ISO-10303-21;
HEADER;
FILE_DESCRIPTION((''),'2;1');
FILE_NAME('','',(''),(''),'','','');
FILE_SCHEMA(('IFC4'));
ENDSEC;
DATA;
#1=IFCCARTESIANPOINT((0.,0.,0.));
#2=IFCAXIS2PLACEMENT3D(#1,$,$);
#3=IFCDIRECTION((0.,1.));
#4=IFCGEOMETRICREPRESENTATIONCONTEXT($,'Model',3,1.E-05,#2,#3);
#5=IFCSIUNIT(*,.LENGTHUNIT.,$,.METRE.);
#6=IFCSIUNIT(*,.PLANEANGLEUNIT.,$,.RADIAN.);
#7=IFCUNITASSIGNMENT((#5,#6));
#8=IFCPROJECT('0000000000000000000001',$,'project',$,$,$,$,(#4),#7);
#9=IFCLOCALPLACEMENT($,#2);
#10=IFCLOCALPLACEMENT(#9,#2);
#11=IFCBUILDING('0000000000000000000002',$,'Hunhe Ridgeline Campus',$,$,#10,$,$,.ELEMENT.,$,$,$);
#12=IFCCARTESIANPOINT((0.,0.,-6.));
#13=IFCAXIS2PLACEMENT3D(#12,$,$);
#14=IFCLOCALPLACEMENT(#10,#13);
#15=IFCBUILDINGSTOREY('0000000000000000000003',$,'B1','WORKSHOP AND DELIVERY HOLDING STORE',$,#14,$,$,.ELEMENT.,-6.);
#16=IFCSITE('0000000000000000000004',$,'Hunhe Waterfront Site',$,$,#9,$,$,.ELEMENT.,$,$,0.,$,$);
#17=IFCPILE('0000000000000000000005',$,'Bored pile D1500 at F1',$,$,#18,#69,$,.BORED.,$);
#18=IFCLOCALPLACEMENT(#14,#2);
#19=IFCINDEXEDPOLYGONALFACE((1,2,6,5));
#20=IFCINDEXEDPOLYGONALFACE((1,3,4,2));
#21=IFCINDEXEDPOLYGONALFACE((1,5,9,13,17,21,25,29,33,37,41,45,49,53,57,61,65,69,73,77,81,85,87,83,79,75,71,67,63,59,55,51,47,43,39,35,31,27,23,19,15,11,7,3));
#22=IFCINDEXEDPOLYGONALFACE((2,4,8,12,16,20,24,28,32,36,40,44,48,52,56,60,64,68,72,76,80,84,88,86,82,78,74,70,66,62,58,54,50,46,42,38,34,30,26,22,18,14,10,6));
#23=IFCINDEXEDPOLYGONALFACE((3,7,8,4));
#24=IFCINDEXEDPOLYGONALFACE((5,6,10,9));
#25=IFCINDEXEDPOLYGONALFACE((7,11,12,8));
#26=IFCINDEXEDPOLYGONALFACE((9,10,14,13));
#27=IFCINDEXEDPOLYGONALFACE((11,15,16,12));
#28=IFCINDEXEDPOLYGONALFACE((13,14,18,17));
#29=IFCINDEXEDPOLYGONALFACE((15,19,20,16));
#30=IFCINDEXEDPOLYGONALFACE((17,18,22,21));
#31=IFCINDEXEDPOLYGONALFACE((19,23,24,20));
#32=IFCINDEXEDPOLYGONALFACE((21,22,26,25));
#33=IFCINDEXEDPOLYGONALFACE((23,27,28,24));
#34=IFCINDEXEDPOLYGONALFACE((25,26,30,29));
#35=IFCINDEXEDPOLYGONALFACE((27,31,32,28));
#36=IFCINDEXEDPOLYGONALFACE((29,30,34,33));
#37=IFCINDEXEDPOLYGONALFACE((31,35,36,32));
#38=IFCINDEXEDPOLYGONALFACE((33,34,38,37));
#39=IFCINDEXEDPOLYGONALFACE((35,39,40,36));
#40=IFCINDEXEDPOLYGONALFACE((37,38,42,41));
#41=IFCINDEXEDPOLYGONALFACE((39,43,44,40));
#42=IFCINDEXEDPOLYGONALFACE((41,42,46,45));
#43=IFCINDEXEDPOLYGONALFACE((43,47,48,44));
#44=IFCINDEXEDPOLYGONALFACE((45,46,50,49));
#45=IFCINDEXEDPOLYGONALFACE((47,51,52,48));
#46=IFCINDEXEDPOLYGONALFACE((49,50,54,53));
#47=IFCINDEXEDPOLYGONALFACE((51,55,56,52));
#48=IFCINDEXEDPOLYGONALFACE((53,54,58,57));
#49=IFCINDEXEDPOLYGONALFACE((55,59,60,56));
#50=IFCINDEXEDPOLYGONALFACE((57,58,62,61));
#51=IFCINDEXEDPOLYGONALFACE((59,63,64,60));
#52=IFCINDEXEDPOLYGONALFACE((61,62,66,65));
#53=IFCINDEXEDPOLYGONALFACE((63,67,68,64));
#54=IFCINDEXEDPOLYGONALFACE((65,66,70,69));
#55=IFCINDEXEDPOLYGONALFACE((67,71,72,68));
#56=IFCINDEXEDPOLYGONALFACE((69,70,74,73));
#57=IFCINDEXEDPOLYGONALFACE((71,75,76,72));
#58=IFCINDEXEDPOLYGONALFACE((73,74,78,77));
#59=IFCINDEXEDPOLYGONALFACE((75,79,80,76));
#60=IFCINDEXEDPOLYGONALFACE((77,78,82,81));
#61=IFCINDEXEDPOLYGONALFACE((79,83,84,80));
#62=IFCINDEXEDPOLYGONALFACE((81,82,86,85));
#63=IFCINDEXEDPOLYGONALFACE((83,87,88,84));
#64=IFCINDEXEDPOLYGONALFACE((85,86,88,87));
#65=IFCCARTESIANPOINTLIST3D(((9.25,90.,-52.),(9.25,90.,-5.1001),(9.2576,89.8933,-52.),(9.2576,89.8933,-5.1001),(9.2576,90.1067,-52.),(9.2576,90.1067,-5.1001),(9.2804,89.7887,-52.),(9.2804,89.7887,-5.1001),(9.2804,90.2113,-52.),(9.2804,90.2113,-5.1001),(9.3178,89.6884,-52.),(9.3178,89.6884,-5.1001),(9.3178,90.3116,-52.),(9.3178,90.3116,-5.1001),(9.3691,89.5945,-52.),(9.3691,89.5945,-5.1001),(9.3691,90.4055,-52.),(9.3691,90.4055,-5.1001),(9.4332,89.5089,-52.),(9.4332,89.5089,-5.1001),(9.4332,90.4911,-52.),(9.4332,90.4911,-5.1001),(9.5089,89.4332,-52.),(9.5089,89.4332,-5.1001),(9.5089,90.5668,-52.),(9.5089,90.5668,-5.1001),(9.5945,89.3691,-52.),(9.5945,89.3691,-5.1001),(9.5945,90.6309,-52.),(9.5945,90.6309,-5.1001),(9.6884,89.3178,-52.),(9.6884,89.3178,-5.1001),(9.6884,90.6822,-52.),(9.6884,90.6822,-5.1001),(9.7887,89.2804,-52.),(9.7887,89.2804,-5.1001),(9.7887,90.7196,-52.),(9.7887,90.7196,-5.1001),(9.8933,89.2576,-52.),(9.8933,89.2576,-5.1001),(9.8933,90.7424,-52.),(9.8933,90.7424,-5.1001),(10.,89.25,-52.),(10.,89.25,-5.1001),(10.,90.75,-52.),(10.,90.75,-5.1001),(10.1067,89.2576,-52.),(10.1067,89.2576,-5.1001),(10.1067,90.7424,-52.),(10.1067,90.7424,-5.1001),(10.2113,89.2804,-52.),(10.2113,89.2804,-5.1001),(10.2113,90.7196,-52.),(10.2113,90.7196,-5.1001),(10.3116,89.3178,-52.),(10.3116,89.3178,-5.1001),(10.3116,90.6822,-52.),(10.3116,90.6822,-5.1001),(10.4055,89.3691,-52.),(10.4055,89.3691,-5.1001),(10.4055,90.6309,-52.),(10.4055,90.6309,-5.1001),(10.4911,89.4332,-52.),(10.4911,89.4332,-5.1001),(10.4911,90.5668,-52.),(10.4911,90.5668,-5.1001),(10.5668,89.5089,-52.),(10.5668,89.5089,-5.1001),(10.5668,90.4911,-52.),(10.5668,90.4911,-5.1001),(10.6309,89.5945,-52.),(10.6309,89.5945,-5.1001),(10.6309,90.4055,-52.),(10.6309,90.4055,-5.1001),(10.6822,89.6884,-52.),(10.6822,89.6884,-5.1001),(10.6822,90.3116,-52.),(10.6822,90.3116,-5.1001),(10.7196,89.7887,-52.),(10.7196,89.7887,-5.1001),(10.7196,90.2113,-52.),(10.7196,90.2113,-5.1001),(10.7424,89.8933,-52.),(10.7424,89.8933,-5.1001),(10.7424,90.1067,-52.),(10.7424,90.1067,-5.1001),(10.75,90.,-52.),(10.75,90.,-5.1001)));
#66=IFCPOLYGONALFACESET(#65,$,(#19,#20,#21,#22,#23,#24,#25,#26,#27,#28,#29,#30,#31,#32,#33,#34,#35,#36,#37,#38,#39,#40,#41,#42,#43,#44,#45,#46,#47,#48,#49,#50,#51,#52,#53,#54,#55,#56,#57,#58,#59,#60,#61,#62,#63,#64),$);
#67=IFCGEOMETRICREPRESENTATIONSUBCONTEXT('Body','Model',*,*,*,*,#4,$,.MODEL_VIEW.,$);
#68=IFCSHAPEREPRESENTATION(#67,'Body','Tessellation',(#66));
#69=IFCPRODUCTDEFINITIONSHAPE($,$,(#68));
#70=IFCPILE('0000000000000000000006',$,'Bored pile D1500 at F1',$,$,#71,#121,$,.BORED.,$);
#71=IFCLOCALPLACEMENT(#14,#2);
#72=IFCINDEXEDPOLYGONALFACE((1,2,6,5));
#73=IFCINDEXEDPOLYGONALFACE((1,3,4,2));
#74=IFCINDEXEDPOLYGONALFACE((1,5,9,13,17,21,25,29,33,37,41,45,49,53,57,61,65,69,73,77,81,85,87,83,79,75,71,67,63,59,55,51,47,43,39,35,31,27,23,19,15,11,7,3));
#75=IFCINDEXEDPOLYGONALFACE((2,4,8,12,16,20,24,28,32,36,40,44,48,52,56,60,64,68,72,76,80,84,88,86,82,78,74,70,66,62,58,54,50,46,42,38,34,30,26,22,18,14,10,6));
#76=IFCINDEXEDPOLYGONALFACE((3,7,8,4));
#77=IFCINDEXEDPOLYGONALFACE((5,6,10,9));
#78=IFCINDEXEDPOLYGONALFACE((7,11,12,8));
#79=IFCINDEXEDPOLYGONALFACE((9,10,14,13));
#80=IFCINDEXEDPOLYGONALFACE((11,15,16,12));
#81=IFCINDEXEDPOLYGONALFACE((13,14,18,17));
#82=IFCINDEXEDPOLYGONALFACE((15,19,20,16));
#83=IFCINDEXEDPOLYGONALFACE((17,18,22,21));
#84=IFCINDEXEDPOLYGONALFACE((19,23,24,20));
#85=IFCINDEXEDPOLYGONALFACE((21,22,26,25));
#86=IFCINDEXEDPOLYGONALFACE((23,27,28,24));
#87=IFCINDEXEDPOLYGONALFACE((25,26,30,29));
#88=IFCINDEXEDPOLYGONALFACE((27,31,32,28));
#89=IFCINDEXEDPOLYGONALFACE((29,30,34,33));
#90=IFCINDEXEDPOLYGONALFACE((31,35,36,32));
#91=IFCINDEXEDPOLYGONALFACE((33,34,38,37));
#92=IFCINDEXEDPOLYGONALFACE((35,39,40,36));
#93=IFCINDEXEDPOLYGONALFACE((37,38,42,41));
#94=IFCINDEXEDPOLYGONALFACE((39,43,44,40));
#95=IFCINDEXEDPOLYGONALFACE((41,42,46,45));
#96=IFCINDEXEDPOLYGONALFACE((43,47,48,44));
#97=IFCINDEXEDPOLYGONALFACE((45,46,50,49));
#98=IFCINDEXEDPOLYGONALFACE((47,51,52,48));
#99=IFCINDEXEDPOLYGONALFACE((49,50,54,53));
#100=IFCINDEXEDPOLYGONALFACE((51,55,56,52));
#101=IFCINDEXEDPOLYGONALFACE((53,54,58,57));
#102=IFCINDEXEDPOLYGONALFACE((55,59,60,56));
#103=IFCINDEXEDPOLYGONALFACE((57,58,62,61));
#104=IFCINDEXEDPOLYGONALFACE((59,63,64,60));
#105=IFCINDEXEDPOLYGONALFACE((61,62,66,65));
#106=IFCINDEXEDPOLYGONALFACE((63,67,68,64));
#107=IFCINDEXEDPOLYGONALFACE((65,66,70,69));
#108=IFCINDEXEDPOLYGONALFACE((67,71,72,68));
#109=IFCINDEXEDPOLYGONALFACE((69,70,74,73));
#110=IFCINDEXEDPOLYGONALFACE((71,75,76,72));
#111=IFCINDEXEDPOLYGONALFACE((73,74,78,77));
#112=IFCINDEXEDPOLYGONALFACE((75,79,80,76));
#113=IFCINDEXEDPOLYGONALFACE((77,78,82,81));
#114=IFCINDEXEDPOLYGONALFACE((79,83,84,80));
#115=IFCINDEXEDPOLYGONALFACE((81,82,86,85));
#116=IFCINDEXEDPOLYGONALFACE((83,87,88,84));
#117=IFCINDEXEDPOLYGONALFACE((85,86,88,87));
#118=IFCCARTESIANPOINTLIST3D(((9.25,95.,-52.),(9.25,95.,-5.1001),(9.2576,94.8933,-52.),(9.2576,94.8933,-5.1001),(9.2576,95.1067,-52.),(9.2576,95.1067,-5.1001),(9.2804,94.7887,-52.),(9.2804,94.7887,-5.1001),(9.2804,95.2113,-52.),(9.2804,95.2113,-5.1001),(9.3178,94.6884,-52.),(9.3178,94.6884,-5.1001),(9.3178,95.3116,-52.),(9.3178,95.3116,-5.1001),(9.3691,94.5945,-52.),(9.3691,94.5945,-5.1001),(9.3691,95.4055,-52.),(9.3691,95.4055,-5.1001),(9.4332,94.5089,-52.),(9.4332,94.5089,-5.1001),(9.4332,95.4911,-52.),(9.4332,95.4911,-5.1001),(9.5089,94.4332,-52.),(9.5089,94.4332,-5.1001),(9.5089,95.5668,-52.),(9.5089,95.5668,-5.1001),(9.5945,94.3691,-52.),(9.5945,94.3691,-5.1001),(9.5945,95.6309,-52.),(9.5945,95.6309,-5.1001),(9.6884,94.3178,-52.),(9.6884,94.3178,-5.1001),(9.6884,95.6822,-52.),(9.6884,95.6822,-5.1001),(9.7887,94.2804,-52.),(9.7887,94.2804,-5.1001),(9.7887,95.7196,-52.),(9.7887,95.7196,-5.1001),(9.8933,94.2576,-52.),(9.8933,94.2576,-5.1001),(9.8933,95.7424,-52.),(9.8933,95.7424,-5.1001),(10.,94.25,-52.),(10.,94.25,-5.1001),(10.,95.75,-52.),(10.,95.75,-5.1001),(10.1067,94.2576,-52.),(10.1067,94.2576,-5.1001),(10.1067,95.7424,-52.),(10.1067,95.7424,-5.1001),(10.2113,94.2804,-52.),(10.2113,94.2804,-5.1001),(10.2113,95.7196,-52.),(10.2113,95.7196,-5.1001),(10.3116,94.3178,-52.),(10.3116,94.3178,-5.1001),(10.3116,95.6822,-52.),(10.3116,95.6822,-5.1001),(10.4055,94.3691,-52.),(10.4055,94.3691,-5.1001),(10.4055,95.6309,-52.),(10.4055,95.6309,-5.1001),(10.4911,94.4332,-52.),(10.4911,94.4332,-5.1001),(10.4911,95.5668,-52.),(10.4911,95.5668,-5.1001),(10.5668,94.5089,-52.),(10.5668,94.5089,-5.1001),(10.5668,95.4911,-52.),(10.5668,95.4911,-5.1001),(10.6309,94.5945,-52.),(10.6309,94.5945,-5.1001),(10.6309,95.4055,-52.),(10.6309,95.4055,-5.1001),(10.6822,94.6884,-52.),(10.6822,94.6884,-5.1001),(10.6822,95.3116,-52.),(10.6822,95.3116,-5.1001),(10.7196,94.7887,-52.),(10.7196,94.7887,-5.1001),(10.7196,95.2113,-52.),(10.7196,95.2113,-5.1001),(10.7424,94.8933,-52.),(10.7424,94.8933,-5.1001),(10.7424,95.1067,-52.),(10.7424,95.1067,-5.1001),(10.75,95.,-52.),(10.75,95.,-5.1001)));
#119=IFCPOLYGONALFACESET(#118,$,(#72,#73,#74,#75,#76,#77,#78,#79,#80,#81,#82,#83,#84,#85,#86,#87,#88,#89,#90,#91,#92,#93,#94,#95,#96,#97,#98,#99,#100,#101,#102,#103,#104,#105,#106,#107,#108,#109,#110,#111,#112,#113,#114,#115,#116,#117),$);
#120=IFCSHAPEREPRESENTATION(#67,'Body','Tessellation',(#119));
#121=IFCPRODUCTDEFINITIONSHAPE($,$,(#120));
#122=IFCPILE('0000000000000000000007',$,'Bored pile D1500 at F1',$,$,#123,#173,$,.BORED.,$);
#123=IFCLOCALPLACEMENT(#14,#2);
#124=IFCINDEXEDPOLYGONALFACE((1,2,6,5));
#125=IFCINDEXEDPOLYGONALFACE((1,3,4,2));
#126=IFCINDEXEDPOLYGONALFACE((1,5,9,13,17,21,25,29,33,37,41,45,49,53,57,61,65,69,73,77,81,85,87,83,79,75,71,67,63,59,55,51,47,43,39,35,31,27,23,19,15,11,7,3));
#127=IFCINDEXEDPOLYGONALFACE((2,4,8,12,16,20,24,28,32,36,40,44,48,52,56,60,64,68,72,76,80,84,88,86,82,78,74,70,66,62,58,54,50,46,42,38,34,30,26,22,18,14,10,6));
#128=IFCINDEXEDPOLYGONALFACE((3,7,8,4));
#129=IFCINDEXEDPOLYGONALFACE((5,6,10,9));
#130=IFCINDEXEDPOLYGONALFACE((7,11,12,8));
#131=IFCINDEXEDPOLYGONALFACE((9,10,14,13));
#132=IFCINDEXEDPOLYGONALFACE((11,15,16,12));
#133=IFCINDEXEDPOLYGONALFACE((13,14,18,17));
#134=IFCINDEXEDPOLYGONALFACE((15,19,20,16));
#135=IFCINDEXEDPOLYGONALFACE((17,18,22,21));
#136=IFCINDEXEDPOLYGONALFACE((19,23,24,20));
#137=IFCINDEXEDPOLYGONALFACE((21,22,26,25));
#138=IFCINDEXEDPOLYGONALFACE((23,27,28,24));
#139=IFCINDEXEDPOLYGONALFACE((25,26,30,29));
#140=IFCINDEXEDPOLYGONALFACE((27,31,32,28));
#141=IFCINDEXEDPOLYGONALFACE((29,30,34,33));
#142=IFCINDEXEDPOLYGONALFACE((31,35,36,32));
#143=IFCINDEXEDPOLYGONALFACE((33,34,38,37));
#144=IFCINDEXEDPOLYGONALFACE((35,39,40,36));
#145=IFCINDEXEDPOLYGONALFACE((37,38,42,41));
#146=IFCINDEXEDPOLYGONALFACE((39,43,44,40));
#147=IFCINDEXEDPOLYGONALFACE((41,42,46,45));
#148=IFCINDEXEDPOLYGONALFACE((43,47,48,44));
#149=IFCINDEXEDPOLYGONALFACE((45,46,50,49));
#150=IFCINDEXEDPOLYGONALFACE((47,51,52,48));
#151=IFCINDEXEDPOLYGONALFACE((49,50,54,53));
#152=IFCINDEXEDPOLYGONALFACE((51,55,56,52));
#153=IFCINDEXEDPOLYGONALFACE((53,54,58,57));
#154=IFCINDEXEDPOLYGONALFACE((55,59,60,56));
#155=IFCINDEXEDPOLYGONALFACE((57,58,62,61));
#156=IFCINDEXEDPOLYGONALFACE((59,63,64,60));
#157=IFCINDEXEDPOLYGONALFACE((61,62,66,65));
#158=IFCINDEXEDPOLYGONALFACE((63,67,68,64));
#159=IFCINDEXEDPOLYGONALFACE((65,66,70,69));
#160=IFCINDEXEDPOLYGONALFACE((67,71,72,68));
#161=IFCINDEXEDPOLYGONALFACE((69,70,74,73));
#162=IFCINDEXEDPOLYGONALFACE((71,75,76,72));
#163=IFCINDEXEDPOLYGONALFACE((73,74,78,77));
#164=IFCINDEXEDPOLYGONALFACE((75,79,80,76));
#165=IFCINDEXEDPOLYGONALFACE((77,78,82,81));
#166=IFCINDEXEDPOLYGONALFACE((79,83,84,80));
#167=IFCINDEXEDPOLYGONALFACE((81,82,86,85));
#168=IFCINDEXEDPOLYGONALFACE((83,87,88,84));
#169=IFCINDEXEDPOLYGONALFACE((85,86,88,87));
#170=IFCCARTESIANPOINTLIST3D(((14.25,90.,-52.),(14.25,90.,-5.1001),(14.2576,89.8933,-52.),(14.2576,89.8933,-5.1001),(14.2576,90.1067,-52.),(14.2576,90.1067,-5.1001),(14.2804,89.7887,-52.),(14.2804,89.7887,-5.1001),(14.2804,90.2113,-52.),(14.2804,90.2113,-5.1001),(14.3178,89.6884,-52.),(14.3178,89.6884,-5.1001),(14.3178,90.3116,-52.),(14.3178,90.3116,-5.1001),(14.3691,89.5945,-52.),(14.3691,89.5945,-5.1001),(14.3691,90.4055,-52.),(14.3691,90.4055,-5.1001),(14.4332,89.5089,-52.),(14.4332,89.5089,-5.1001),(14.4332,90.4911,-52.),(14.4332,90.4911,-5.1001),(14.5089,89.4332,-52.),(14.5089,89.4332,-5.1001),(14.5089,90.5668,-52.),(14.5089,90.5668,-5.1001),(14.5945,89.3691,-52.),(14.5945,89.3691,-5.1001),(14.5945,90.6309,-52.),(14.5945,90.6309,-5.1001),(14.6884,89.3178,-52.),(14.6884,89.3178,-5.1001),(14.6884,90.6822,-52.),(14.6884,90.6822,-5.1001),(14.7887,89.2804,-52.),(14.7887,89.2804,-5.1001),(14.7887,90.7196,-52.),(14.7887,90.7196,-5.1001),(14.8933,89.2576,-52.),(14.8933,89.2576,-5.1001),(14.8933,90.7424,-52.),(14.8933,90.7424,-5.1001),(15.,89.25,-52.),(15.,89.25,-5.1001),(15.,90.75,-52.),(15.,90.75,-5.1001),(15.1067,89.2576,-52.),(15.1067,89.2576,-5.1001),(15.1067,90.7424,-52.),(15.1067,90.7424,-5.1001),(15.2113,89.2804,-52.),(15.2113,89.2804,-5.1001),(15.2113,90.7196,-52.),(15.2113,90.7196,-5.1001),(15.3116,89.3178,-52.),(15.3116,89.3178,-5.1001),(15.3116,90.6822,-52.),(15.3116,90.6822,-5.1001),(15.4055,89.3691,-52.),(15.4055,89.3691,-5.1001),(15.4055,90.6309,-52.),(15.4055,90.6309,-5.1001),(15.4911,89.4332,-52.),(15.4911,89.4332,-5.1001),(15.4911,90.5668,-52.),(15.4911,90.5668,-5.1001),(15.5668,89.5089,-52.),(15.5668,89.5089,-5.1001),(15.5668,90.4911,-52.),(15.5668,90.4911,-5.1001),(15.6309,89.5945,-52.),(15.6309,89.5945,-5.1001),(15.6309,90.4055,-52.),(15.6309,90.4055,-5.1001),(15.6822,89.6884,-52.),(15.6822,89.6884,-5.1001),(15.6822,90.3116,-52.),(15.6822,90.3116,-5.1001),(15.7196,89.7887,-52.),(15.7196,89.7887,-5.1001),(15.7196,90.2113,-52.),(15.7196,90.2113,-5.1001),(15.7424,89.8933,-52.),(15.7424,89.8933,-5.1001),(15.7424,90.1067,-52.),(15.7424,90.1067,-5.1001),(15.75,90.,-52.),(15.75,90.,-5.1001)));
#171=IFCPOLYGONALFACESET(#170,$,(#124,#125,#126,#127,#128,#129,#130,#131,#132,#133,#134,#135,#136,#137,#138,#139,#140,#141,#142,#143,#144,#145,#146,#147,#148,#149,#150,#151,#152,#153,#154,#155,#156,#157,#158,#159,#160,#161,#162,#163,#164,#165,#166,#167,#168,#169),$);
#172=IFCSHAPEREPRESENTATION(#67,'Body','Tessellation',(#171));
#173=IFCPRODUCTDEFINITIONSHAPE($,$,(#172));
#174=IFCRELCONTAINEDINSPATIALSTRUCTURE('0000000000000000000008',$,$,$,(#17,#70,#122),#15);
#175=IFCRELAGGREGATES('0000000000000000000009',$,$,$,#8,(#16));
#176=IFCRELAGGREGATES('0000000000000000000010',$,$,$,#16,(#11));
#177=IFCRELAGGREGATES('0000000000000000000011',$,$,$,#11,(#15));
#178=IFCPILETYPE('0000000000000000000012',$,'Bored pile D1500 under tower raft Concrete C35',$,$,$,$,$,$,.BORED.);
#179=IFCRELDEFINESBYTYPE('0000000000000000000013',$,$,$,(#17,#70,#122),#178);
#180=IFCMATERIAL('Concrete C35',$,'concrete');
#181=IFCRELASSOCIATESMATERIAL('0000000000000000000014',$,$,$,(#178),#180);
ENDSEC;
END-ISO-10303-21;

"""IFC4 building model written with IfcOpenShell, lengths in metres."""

from ifc_helpers import new_model, si_unit, direction, frame, origin, origin_2d, place, context, subcontext, project, spatial, circle, extrude, material, material_profile, profile_set, type_object, element, save


model = new_model("IFC4")

# Units and contexts
model_context = context("Model", 3, precision=1e-05, world=origin(), true_north=direction((0.0, 1.0)))
body_context = subcontext(model_context, "Body", "Model", "MODEL_VIEW")
ifc_project = project(units=[si_unit("LENGTHUNIT", "METRE"), si_unit("PLANEANGLEUNIT", "RADIAN")], contexts=[model_context])

# Site, building, storey
site_placement = place(None, origin())
site = spatial("IfcSite", under=ifc_project, at=site_placement, Name="Hunhe Waterfront Site", CompositionType="ELEMENT", RefElevation=0.0)
building_placement = place(site_placement, origin())
building = spatial("IfcBuilding", under=site, at=building_placement, Name="Hunhe Ridgeline Campus", CompositionType="ELEMENT")
storey_placement = place(building_placement, frame((0.0, 0.0, -6.0)))
storey = spatial("IfcBuildingStorey", under=building, at=storey_placement, Name="B1", Description="WORKSHOP AND DELIVERY HOLDING STORE", CompositionType="ELEMENT", Elevation=-6.0)

# Piles
ifc_material_1 = material(Name="Concrete C35", Category="concrete")
ifc_material_profile = material_profile(ifc_material_1, circle(Radius=0.75, at=origin_2d()))
ifc_profile_set = profile_set([ifc_material_profile], Name="Concrete C35")
pile_type = type_object("IfcPileType", Name="Bored pile D1500 under tower raft Concrete C35", PredefinedType="BORED", material=ifc_profile_set)
for number, where, z_axis, x_axis, name in (
    (1, (10.0, 90.0, -5.1001), (0.0, 0.0, -1.0), (1.0, 0.0, 0.0), "Bored pile D1500 at F1"),
    (2, (10.0, 95.0, -5.1001), (0.0, 0.0, -1.0), (1.0, 0.0, 0.0), "Bored pile D1500 at F1"),
    (3, (15.0, 90.0, -5.1001), (0.0, 0.0, -1.0), (1.0, 0.0, 0.0), "Bored pile D1500 at F1"),
):
    element("IfcPile", number, at=place(storey_placement, frame(where, z_axis=z_axis, x_axis=x_axis)), inside=storey, type_object=pile_type, Name=name, PredefinedType="BORED", context=body_context, shape_type="SweptSolid", body=[
        extrude(circle(Radius=0.75, at=origin_2d()), origin(), (0.0, 0.0, 1.0), 46.8999),
    ])

save(model, "model.ifc")
